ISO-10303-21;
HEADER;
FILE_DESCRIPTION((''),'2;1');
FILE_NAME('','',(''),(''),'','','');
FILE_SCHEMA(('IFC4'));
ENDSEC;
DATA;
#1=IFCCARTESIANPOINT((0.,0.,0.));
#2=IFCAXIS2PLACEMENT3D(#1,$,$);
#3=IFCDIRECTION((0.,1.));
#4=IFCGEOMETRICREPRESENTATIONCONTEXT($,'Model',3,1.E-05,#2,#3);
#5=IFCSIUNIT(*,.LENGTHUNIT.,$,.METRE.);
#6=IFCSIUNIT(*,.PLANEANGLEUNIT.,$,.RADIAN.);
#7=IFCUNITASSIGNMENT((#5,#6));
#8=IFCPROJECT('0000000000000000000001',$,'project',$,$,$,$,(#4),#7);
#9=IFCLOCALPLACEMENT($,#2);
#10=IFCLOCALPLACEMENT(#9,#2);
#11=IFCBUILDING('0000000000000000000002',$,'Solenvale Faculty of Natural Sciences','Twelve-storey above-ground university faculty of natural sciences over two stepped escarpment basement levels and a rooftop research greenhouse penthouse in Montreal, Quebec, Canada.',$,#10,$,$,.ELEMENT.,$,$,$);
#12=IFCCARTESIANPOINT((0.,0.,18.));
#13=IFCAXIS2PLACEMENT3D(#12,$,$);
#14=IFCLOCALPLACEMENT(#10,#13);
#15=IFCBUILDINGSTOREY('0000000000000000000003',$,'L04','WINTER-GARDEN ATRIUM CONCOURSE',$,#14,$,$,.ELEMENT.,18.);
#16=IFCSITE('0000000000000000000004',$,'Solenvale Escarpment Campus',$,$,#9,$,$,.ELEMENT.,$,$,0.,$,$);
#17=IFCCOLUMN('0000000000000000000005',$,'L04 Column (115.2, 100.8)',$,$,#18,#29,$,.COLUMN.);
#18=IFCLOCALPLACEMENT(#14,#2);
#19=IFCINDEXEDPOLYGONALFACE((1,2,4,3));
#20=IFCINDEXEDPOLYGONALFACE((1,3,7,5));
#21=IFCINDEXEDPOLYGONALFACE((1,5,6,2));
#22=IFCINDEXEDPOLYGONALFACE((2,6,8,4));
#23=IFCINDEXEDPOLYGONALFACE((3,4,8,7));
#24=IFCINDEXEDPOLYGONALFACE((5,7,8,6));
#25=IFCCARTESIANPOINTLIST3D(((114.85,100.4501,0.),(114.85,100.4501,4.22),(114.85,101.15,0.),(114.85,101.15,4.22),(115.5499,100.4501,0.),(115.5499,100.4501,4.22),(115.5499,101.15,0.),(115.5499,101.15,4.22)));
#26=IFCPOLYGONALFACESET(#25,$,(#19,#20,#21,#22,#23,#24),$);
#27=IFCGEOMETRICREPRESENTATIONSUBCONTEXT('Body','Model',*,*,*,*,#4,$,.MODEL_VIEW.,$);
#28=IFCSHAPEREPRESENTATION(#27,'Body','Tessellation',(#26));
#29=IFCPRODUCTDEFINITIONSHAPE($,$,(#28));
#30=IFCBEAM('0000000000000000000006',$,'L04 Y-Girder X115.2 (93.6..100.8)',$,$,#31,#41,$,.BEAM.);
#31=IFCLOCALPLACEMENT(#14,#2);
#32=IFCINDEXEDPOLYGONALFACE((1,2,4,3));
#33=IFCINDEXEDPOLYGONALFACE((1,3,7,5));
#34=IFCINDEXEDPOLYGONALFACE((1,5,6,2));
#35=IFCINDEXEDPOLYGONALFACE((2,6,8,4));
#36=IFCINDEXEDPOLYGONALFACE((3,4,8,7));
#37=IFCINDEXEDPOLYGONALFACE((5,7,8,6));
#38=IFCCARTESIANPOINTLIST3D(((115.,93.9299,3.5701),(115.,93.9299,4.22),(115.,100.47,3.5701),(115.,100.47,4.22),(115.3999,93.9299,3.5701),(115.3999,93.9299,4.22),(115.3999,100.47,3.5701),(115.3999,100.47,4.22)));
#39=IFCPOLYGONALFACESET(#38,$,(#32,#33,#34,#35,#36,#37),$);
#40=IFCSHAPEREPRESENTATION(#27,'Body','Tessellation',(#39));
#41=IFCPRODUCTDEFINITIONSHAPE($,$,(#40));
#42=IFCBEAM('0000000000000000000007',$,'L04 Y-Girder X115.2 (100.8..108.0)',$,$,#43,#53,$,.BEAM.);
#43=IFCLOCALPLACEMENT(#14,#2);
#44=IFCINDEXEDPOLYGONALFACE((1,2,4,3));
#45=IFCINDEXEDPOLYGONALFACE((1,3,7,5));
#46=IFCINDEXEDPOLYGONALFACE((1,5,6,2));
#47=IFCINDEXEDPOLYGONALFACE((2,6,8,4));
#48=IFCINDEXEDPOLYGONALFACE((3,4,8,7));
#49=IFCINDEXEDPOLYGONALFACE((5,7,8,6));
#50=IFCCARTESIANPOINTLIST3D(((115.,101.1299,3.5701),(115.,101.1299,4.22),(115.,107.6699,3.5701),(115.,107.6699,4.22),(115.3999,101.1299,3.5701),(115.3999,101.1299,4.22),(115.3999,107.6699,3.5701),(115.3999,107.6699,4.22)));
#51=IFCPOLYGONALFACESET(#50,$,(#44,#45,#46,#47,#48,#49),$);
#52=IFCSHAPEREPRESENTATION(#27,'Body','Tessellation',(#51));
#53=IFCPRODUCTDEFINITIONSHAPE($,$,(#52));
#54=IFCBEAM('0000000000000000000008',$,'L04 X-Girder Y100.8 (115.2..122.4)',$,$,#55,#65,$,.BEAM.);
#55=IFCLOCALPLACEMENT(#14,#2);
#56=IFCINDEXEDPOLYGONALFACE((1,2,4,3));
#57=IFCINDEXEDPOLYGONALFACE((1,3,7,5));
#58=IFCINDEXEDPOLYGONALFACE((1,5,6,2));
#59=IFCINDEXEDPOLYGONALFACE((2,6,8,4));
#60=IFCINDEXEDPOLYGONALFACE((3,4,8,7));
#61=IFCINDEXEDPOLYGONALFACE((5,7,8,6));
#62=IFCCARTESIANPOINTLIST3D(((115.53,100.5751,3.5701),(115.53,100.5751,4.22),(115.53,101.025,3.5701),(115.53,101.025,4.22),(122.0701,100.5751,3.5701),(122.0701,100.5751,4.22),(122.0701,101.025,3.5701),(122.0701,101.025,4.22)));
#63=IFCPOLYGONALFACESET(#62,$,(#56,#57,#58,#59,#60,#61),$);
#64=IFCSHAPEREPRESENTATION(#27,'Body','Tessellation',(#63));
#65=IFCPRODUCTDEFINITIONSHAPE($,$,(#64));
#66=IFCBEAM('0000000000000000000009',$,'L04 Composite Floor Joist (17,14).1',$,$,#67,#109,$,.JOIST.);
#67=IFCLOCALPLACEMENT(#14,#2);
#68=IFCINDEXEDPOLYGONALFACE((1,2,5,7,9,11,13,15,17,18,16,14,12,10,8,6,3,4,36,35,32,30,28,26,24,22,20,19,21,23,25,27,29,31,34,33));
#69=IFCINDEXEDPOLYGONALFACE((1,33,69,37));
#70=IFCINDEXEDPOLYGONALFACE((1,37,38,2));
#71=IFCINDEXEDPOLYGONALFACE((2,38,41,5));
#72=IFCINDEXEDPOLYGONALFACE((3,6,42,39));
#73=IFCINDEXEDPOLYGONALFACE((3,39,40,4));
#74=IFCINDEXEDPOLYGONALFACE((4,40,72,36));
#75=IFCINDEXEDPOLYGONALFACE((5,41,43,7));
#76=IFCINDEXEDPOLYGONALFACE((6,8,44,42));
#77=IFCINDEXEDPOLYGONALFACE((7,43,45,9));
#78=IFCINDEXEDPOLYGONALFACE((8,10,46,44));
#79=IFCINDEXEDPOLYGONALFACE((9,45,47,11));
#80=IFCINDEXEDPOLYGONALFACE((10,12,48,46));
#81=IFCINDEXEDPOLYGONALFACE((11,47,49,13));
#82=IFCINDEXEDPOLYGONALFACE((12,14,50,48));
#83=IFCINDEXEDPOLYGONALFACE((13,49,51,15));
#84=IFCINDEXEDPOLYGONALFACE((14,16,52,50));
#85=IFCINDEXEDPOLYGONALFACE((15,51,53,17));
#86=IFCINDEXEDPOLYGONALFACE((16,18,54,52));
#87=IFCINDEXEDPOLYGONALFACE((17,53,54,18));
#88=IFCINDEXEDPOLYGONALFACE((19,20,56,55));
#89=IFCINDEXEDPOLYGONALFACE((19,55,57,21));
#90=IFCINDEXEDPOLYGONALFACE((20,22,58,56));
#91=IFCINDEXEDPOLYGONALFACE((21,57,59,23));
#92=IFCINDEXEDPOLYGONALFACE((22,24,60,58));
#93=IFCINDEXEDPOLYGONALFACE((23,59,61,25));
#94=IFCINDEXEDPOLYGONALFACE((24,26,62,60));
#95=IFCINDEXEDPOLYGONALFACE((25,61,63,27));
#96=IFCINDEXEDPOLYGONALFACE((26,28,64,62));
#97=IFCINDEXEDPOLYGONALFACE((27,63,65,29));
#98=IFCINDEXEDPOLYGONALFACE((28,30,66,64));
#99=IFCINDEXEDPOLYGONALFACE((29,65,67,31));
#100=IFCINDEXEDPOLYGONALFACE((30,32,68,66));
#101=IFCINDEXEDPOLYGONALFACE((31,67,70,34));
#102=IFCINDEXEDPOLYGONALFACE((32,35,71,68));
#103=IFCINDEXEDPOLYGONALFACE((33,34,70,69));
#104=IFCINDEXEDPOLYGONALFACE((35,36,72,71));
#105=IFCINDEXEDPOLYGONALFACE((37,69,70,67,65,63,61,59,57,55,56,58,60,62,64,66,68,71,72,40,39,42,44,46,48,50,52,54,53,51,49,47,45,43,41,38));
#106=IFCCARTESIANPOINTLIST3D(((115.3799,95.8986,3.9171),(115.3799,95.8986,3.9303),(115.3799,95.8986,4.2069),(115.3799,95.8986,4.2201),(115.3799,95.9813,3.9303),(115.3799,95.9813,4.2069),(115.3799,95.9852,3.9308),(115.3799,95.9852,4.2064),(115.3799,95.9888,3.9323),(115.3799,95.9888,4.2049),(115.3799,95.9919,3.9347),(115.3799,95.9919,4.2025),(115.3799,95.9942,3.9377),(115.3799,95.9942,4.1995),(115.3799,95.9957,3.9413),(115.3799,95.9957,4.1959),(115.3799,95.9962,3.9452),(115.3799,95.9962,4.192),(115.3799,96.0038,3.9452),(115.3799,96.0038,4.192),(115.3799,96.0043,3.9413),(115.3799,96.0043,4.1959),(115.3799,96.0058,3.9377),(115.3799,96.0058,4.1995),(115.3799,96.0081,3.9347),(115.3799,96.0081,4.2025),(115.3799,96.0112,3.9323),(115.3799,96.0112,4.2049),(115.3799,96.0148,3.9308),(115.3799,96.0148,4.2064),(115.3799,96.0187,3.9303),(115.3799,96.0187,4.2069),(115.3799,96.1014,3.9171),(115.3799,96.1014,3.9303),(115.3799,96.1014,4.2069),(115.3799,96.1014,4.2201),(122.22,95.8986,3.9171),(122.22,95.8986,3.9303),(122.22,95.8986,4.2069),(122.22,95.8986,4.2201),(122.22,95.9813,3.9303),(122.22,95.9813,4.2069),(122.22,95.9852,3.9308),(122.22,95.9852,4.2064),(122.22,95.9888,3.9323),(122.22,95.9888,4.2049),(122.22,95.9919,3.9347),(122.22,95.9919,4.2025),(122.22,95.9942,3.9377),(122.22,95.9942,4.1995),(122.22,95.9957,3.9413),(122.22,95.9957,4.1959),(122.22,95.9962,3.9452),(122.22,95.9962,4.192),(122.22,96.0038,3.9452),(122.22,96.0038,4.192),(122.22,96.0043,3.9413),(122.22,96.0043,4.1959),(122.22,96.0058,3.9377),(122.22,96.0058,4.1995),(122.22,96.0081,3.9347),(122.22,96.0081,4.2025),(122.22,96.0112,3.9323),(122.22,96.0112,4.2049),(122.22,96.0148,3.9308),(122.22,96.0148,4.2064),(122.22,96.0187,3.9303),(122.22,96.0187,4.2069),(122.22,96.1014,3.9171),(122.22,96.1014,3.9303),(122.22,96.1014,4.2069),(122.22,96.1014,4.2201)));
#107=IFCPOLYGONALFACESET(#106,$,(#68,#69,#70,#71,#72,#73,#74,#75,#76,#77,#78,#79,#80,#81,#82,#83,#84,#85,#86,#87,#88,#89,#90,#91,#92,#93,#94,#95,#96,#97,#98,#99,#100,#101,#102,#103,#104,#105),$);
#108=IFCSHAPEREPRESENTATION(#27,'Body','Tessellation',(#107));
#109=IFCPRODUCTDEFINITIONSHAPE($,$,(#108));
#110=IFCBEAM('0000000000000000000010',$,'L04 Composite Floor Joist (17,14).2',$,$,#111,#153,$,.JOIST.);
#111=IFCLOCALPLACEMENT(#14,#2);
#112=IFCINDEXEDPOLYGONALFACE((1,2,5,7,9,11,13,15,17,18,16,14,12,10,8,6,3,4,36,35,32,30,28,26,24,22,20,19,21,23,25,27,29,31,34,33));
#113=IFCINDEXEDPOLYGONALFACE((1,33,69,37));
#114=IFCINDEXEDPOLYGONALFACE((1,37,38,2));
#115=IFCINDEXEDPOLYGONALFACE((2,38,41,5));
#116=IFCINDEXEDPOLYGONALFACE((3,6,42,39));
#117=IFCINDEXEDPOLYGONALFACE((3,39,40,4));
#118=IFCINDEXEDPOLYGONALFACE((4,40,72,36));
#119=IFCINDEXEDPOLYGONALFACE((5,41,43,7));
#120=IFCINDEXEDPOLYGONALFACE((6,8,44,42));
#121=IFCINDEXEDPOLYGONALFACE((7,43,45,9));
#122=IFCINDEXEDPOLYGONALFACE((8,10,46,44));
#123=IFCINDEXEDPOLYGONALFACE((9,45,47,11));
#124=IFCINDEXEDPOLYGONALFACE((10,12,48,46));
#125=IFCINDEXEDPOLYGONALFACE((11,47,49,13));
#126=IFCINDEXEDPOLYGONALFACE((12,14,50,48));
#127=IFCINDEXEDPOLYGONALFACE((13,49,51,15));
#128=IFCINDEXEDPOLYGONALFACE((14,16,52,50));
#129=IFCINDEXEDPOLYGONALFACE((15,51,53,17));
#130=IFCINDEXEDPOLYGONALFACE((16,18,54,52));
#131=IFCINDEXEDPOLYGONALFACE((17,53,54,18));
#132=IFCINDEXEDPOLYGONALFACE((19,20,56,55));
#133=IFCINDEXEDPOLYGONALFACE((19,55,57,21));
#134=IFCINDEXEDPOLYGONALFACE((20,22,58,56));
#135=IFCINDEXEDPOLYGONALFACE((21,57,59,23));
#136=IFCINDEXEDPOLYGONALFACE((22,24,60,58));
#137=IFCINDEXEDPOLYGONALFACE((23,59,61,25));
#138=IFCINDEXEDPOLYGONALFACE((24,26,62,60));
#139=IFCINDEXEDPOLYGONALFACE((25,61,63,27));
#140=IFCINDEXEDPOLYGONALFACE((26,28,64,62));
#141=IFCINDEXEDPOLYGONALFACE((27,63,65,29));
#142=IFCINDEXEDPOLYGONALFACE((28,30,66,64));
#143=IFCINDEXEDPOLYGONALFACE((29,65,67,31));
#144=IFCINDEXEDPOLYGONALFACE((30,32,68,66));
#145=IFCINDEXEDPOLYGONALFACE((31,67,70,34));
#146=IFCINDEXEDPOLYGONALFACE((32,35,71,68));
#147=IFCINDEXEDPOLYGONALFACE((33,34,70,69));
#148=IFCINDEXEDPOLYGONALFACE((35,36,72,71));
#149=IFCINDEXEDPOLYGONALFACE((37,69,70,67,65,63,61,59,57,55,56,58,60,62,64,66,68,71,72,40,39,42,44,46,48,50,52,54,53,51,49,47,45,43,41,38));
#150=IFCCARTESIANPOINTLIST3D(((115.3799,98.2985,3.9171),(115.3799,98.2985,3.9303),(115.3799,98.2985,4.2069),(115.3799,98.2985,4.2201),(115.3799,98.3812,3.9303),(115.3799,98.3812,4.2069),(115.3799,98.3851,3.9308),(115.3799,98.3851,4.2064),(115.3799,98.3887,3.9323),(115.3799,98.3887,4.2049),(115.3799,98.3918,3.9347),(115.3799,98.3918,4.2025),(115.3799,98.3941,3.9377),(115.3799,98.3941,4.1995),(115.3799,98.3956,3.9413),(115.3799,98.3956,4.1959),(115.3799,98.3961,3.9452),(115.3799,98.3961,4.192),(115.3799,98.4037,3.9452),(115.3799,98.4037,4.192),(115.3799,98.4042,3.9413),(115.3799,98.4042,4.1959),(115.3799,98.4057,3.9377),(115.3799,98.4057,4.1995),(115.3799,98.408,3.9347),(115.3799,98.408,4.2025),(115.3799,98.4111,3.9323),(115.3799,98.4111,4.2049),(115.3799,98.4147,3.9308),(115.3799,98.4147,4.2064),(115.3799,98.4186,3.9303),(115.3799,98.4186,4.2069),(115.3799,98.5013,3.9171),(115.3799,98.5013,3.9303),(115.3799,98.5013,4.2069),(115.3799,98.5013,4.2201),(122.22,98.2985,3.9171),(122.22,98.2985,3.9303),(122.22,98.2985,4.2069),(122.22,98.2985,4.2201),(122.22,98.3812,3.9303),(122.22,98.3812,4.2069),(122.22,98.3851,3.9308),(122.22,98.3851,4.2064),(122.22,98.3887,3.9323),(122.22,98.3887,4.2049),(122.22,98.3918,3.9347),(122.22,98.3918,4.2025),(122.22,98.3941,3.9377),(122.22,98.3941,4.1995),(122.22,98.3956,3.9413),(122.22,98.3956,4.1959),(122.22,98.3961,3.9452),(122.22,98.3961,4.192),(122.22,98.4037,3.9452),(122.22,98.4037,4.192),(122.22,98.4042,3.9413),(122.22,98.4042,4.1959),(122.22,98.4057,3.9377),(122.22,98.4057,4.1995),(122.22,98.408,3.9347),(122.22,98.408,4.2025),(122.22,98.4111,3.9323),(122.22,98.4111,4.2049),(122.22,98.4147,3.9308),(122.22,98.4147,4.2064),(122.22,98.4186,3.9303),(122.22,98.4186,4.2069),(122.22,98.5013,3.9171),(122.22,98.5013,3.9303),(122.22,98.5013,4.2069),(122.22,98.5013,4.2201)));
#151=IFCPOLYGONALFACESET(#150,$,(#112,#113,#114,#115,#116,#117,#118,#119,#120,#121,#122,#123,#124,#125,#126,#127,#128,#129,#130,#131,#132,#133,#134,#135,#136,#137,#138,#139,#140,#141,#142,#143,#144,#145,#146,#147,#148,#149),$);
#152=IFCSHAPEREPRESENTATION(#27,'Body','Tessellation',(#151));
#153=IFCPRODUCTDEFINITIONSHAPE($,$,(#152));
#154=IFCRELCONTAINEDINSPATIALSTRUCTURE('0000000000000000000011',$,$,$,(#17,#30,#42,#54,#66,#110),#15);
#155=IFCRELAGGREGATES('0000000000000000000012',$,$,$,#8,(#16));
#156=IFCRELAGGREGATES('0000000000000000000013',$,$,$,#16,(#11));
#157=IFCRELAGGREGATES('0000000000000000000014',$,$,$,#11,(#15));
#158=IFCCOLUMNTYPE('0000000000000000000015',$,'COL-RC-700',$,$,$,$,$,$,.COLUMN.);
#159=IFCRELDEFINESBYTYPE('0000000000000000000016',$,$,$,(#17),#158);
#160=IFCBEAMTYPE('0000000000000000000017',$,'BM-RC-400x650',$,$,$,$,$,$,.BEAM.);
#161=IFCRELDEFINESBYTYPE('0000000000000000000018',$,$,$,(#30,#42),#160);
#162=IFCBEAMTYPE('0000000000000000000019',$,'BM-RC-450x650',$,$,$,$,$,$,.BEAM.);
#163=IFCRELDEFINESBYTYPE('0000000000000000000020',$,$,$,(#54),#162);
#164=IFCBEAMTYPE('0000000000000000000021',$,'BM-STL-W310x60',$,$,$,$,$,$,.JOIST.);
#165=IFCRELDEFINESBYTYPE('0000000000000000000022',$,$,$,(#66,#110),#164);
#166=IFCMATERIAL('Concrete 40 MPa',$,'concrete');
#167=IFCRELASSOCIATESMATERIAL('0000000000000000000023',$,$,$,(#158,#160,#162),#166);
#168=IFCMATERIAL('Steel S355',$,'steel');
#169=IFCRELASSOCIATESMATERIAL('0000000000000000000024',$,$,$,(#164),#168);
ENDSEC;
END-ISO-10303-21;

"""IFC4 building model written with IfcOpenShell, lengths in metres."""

from ifc_helpers import new_model, si_unit, direction, frame, origin, origin_2d, place, context, subcontext, project, spatial, rectangle, i_section, extrude, material, material_profile, profile_set, type_object, element, save


model = new_model("IFC4")

# Units and contexts
model_context = context("Model", 3, precision=1e-05, world=origin(), true_north=direction((0.0, 1.0)))
body_context = subcontext(model_context, "Body", "Model", "MODEL_VIEW")
ifc_project = project(units=[si_unit("LENGTHUNIT", "METRE"), si_unit("PLANEANGLEUNIT", "RADIAN")], contexts=[model_context])

# Site, building, storey
site_placement = place(None, origin())
site = spatial("IfcSite", under=ifc_project, at=site_placement, Name="Solenvale Escarpment Campus", CompositionType="ELEMENT", RefElevation=0.0)
building_placement = place(site_placement, origin())
building = spatial("IfcBuilding", under=site, at=building_placement, Name="Solenvale Faculty of Natural Sciences", Description="Twelve-storey above-ground university faculty of natural sciences over two stepped escarpment basement levels and a rooftop research greenhouse penthouse in Montreal, Quebec, Canada.", CompositionType="ELEMENT")
storey_placement = place(building_placement, frame((0.0, 0.0, 18.0)))
storey = spatial("IfcBuildingStorey", under=building, at=storey_placement, Name="L04", Description="WINTER-GARDEN ATRIUM CONCOURSE", CompositionType="ELEMENT", Elevation=18.0)

# Column
ifc_material_1 = material(Name="Concrete 40 MPa", Category="concrete")
ifc_material_profile_1 = material_profile(ifc_material_1, rectangle(XDim=0.7, YDim=0.7, at=origin_2d()), Name="RC-COL-700x700")
ifc_profile_set_1 = profile_set([ifc_material_profile_1], Name="Concrete 40 MPa")
column_type = type_object("IfcColumnType", Name="COL-RC-700", PredefinedType="COLUMN", material=ifc_profile_set_1)
column_placement = place(storey_placement, frame((115.2, 100.8, 0.0), z_axis=(0.0, 0.0, 1.0), x_axis=(1.0, 0.0, 0.0)))
element("IfcColumn", 1, at=column_placement, inside=storey, type_object=column_type, Name="L04 Column (115.2, 100.8)", PredefinedType="COLUMN", context=body_context, shape_type="SweptSolid", body=[
    extrude(rectangle(XDim=0.7, YDim=0.7, at=origin_2d()), origin(), (0.0, 0.0, 1.0), 4.22),
])

# Beams
ifc_material_profile_2 = material_profile(ifc_material_1, rectangle(XDim=0.3999, YDim=0.6499, at=origin_2d()), Name="RC-BM-400x650")
ifc_profile_set_2 = profile_set([ifc_material_profile_2], Name="Concrete 40 MPa")
beam_type_1 = type_object("IfcBeamType", Name="BM-RC-400x650", PredefinedType="BEAM", material=ifc_profile_set_2)
for number, where, z_axis, x_axis, name in (
    (2, (115.2, 93.9299, 3.895), (0.0, 1.0, 0.0), (-1.0, 0.0, 0.0), "L04 Y-Girder X115.2 (93.6..100.8)"),
    (3, (115.2, 101.1299, 3.895), (0.0, 1.0, 0.0), (-1.0, 0.0, 0.0), "L04 Y-Girder X115.2 (100.8..108.0)"),
):
    element("IfcBeam", number, at=place(storey_placement, frame(where, z_axis=z_axis, x_axis=x_axis)), inside=storey, type_object=beam_type_1, Name=name, PredefinedType="BEAM", context=body_context, shape_type="SweptSolid", body=[
        extrude(rectangle(XDim=0.3999, YDim=0.6499, at=origin_2d()), origin(), (0.0, 0.0, 1.0), 6.54),
    ])
ifc_material_profile_3 = material_profile(ifc_material_1, rectangle(XDim=0.45, YDim=0.6499, at=origin_2d()), Name="RC-BM-450x650")
ifc_profile_set_3 = profile_set([ifc_material_profile_3], Name="Concrete 40 MPa")
beam_type_2 = type_object("IfcBeamType", Name="BM-RC-450x650", PredefinedType="BEAM", material=ifc_profile_set_3)
beam_1_placement = place(storey_placement, frame((115.53, 100.8, 3.895), z_axis=(1.0, 0.0, 0.0), x_axis=(0.0, 1.0, 0.0)))
element("IfcBeam", 4, at=beam_1_placement, inside=storey, type_object=beam_type_2, Name="L04 X-Girder Y100.8 (115.2..122.4)", PredefinedType="BEAM", context=body_context, shape_type="SweptSolid", body=[
    extrude(rectangle(XDim=0.45, YDim=0.6499, at=origin_2d()), origin(), (0.0, 0.0, 1.0), 6.54),
])
ifc_material_2 = material(Name="Steel S355", Category="steel")
ifc_material_profile_4 = material_profile(ifc_material_2, i_section(OverallWidth=0.2029, OverallDepth=0.303, WebThickness=0.0076, FlangeThickness=0.0132, FilletRadius=0.0149, at=origin_2d()), Name="W310x60")
ifc_profile_set_4 = profile_set([ifc_material_profile_4], Name="Steel S355")
beam_type_3 = type_object("IfcBeamType", Name="BM-STL-W310x60", PredefinedType="JOIST", material=ifc_profile_set_4)
for number, where, z_axis, x_axis, name in (
    (5, (115.3799, 96.0, 4.0686), (1.0, 0.0, 0.0), (0.0, 1.0, 0.0), "L04 Composite Floor Joist (17,14).1"),
    (6, (115.3799, 98.3999, 4.0686), (1.0, 0.0, 0.0), (0.0, 1.0, 0.0), "L04 Composite Floor Joist (17,14).2"),
):
    element("IfcBeam", number, at=place(storey_placement, frame(where, z_axis=z_axis, x_axis=x_axis)), inside=storey, type_object=beam_type_3, Name=name, PredefinedType="JOIST", context=body_context, shape_type="SweptSolid", body=[
        extrude(i_section(OverallWidth=0.2029, OverallDepth=0.303, WebThickness=0.0076, FlangeThickness=0.0132, FilletRadius=0.0149, at=origin_2d()), origin(), (0.0, 0.0, 1.0), 6.8401),
    ])

save(model, "model.ifc")
